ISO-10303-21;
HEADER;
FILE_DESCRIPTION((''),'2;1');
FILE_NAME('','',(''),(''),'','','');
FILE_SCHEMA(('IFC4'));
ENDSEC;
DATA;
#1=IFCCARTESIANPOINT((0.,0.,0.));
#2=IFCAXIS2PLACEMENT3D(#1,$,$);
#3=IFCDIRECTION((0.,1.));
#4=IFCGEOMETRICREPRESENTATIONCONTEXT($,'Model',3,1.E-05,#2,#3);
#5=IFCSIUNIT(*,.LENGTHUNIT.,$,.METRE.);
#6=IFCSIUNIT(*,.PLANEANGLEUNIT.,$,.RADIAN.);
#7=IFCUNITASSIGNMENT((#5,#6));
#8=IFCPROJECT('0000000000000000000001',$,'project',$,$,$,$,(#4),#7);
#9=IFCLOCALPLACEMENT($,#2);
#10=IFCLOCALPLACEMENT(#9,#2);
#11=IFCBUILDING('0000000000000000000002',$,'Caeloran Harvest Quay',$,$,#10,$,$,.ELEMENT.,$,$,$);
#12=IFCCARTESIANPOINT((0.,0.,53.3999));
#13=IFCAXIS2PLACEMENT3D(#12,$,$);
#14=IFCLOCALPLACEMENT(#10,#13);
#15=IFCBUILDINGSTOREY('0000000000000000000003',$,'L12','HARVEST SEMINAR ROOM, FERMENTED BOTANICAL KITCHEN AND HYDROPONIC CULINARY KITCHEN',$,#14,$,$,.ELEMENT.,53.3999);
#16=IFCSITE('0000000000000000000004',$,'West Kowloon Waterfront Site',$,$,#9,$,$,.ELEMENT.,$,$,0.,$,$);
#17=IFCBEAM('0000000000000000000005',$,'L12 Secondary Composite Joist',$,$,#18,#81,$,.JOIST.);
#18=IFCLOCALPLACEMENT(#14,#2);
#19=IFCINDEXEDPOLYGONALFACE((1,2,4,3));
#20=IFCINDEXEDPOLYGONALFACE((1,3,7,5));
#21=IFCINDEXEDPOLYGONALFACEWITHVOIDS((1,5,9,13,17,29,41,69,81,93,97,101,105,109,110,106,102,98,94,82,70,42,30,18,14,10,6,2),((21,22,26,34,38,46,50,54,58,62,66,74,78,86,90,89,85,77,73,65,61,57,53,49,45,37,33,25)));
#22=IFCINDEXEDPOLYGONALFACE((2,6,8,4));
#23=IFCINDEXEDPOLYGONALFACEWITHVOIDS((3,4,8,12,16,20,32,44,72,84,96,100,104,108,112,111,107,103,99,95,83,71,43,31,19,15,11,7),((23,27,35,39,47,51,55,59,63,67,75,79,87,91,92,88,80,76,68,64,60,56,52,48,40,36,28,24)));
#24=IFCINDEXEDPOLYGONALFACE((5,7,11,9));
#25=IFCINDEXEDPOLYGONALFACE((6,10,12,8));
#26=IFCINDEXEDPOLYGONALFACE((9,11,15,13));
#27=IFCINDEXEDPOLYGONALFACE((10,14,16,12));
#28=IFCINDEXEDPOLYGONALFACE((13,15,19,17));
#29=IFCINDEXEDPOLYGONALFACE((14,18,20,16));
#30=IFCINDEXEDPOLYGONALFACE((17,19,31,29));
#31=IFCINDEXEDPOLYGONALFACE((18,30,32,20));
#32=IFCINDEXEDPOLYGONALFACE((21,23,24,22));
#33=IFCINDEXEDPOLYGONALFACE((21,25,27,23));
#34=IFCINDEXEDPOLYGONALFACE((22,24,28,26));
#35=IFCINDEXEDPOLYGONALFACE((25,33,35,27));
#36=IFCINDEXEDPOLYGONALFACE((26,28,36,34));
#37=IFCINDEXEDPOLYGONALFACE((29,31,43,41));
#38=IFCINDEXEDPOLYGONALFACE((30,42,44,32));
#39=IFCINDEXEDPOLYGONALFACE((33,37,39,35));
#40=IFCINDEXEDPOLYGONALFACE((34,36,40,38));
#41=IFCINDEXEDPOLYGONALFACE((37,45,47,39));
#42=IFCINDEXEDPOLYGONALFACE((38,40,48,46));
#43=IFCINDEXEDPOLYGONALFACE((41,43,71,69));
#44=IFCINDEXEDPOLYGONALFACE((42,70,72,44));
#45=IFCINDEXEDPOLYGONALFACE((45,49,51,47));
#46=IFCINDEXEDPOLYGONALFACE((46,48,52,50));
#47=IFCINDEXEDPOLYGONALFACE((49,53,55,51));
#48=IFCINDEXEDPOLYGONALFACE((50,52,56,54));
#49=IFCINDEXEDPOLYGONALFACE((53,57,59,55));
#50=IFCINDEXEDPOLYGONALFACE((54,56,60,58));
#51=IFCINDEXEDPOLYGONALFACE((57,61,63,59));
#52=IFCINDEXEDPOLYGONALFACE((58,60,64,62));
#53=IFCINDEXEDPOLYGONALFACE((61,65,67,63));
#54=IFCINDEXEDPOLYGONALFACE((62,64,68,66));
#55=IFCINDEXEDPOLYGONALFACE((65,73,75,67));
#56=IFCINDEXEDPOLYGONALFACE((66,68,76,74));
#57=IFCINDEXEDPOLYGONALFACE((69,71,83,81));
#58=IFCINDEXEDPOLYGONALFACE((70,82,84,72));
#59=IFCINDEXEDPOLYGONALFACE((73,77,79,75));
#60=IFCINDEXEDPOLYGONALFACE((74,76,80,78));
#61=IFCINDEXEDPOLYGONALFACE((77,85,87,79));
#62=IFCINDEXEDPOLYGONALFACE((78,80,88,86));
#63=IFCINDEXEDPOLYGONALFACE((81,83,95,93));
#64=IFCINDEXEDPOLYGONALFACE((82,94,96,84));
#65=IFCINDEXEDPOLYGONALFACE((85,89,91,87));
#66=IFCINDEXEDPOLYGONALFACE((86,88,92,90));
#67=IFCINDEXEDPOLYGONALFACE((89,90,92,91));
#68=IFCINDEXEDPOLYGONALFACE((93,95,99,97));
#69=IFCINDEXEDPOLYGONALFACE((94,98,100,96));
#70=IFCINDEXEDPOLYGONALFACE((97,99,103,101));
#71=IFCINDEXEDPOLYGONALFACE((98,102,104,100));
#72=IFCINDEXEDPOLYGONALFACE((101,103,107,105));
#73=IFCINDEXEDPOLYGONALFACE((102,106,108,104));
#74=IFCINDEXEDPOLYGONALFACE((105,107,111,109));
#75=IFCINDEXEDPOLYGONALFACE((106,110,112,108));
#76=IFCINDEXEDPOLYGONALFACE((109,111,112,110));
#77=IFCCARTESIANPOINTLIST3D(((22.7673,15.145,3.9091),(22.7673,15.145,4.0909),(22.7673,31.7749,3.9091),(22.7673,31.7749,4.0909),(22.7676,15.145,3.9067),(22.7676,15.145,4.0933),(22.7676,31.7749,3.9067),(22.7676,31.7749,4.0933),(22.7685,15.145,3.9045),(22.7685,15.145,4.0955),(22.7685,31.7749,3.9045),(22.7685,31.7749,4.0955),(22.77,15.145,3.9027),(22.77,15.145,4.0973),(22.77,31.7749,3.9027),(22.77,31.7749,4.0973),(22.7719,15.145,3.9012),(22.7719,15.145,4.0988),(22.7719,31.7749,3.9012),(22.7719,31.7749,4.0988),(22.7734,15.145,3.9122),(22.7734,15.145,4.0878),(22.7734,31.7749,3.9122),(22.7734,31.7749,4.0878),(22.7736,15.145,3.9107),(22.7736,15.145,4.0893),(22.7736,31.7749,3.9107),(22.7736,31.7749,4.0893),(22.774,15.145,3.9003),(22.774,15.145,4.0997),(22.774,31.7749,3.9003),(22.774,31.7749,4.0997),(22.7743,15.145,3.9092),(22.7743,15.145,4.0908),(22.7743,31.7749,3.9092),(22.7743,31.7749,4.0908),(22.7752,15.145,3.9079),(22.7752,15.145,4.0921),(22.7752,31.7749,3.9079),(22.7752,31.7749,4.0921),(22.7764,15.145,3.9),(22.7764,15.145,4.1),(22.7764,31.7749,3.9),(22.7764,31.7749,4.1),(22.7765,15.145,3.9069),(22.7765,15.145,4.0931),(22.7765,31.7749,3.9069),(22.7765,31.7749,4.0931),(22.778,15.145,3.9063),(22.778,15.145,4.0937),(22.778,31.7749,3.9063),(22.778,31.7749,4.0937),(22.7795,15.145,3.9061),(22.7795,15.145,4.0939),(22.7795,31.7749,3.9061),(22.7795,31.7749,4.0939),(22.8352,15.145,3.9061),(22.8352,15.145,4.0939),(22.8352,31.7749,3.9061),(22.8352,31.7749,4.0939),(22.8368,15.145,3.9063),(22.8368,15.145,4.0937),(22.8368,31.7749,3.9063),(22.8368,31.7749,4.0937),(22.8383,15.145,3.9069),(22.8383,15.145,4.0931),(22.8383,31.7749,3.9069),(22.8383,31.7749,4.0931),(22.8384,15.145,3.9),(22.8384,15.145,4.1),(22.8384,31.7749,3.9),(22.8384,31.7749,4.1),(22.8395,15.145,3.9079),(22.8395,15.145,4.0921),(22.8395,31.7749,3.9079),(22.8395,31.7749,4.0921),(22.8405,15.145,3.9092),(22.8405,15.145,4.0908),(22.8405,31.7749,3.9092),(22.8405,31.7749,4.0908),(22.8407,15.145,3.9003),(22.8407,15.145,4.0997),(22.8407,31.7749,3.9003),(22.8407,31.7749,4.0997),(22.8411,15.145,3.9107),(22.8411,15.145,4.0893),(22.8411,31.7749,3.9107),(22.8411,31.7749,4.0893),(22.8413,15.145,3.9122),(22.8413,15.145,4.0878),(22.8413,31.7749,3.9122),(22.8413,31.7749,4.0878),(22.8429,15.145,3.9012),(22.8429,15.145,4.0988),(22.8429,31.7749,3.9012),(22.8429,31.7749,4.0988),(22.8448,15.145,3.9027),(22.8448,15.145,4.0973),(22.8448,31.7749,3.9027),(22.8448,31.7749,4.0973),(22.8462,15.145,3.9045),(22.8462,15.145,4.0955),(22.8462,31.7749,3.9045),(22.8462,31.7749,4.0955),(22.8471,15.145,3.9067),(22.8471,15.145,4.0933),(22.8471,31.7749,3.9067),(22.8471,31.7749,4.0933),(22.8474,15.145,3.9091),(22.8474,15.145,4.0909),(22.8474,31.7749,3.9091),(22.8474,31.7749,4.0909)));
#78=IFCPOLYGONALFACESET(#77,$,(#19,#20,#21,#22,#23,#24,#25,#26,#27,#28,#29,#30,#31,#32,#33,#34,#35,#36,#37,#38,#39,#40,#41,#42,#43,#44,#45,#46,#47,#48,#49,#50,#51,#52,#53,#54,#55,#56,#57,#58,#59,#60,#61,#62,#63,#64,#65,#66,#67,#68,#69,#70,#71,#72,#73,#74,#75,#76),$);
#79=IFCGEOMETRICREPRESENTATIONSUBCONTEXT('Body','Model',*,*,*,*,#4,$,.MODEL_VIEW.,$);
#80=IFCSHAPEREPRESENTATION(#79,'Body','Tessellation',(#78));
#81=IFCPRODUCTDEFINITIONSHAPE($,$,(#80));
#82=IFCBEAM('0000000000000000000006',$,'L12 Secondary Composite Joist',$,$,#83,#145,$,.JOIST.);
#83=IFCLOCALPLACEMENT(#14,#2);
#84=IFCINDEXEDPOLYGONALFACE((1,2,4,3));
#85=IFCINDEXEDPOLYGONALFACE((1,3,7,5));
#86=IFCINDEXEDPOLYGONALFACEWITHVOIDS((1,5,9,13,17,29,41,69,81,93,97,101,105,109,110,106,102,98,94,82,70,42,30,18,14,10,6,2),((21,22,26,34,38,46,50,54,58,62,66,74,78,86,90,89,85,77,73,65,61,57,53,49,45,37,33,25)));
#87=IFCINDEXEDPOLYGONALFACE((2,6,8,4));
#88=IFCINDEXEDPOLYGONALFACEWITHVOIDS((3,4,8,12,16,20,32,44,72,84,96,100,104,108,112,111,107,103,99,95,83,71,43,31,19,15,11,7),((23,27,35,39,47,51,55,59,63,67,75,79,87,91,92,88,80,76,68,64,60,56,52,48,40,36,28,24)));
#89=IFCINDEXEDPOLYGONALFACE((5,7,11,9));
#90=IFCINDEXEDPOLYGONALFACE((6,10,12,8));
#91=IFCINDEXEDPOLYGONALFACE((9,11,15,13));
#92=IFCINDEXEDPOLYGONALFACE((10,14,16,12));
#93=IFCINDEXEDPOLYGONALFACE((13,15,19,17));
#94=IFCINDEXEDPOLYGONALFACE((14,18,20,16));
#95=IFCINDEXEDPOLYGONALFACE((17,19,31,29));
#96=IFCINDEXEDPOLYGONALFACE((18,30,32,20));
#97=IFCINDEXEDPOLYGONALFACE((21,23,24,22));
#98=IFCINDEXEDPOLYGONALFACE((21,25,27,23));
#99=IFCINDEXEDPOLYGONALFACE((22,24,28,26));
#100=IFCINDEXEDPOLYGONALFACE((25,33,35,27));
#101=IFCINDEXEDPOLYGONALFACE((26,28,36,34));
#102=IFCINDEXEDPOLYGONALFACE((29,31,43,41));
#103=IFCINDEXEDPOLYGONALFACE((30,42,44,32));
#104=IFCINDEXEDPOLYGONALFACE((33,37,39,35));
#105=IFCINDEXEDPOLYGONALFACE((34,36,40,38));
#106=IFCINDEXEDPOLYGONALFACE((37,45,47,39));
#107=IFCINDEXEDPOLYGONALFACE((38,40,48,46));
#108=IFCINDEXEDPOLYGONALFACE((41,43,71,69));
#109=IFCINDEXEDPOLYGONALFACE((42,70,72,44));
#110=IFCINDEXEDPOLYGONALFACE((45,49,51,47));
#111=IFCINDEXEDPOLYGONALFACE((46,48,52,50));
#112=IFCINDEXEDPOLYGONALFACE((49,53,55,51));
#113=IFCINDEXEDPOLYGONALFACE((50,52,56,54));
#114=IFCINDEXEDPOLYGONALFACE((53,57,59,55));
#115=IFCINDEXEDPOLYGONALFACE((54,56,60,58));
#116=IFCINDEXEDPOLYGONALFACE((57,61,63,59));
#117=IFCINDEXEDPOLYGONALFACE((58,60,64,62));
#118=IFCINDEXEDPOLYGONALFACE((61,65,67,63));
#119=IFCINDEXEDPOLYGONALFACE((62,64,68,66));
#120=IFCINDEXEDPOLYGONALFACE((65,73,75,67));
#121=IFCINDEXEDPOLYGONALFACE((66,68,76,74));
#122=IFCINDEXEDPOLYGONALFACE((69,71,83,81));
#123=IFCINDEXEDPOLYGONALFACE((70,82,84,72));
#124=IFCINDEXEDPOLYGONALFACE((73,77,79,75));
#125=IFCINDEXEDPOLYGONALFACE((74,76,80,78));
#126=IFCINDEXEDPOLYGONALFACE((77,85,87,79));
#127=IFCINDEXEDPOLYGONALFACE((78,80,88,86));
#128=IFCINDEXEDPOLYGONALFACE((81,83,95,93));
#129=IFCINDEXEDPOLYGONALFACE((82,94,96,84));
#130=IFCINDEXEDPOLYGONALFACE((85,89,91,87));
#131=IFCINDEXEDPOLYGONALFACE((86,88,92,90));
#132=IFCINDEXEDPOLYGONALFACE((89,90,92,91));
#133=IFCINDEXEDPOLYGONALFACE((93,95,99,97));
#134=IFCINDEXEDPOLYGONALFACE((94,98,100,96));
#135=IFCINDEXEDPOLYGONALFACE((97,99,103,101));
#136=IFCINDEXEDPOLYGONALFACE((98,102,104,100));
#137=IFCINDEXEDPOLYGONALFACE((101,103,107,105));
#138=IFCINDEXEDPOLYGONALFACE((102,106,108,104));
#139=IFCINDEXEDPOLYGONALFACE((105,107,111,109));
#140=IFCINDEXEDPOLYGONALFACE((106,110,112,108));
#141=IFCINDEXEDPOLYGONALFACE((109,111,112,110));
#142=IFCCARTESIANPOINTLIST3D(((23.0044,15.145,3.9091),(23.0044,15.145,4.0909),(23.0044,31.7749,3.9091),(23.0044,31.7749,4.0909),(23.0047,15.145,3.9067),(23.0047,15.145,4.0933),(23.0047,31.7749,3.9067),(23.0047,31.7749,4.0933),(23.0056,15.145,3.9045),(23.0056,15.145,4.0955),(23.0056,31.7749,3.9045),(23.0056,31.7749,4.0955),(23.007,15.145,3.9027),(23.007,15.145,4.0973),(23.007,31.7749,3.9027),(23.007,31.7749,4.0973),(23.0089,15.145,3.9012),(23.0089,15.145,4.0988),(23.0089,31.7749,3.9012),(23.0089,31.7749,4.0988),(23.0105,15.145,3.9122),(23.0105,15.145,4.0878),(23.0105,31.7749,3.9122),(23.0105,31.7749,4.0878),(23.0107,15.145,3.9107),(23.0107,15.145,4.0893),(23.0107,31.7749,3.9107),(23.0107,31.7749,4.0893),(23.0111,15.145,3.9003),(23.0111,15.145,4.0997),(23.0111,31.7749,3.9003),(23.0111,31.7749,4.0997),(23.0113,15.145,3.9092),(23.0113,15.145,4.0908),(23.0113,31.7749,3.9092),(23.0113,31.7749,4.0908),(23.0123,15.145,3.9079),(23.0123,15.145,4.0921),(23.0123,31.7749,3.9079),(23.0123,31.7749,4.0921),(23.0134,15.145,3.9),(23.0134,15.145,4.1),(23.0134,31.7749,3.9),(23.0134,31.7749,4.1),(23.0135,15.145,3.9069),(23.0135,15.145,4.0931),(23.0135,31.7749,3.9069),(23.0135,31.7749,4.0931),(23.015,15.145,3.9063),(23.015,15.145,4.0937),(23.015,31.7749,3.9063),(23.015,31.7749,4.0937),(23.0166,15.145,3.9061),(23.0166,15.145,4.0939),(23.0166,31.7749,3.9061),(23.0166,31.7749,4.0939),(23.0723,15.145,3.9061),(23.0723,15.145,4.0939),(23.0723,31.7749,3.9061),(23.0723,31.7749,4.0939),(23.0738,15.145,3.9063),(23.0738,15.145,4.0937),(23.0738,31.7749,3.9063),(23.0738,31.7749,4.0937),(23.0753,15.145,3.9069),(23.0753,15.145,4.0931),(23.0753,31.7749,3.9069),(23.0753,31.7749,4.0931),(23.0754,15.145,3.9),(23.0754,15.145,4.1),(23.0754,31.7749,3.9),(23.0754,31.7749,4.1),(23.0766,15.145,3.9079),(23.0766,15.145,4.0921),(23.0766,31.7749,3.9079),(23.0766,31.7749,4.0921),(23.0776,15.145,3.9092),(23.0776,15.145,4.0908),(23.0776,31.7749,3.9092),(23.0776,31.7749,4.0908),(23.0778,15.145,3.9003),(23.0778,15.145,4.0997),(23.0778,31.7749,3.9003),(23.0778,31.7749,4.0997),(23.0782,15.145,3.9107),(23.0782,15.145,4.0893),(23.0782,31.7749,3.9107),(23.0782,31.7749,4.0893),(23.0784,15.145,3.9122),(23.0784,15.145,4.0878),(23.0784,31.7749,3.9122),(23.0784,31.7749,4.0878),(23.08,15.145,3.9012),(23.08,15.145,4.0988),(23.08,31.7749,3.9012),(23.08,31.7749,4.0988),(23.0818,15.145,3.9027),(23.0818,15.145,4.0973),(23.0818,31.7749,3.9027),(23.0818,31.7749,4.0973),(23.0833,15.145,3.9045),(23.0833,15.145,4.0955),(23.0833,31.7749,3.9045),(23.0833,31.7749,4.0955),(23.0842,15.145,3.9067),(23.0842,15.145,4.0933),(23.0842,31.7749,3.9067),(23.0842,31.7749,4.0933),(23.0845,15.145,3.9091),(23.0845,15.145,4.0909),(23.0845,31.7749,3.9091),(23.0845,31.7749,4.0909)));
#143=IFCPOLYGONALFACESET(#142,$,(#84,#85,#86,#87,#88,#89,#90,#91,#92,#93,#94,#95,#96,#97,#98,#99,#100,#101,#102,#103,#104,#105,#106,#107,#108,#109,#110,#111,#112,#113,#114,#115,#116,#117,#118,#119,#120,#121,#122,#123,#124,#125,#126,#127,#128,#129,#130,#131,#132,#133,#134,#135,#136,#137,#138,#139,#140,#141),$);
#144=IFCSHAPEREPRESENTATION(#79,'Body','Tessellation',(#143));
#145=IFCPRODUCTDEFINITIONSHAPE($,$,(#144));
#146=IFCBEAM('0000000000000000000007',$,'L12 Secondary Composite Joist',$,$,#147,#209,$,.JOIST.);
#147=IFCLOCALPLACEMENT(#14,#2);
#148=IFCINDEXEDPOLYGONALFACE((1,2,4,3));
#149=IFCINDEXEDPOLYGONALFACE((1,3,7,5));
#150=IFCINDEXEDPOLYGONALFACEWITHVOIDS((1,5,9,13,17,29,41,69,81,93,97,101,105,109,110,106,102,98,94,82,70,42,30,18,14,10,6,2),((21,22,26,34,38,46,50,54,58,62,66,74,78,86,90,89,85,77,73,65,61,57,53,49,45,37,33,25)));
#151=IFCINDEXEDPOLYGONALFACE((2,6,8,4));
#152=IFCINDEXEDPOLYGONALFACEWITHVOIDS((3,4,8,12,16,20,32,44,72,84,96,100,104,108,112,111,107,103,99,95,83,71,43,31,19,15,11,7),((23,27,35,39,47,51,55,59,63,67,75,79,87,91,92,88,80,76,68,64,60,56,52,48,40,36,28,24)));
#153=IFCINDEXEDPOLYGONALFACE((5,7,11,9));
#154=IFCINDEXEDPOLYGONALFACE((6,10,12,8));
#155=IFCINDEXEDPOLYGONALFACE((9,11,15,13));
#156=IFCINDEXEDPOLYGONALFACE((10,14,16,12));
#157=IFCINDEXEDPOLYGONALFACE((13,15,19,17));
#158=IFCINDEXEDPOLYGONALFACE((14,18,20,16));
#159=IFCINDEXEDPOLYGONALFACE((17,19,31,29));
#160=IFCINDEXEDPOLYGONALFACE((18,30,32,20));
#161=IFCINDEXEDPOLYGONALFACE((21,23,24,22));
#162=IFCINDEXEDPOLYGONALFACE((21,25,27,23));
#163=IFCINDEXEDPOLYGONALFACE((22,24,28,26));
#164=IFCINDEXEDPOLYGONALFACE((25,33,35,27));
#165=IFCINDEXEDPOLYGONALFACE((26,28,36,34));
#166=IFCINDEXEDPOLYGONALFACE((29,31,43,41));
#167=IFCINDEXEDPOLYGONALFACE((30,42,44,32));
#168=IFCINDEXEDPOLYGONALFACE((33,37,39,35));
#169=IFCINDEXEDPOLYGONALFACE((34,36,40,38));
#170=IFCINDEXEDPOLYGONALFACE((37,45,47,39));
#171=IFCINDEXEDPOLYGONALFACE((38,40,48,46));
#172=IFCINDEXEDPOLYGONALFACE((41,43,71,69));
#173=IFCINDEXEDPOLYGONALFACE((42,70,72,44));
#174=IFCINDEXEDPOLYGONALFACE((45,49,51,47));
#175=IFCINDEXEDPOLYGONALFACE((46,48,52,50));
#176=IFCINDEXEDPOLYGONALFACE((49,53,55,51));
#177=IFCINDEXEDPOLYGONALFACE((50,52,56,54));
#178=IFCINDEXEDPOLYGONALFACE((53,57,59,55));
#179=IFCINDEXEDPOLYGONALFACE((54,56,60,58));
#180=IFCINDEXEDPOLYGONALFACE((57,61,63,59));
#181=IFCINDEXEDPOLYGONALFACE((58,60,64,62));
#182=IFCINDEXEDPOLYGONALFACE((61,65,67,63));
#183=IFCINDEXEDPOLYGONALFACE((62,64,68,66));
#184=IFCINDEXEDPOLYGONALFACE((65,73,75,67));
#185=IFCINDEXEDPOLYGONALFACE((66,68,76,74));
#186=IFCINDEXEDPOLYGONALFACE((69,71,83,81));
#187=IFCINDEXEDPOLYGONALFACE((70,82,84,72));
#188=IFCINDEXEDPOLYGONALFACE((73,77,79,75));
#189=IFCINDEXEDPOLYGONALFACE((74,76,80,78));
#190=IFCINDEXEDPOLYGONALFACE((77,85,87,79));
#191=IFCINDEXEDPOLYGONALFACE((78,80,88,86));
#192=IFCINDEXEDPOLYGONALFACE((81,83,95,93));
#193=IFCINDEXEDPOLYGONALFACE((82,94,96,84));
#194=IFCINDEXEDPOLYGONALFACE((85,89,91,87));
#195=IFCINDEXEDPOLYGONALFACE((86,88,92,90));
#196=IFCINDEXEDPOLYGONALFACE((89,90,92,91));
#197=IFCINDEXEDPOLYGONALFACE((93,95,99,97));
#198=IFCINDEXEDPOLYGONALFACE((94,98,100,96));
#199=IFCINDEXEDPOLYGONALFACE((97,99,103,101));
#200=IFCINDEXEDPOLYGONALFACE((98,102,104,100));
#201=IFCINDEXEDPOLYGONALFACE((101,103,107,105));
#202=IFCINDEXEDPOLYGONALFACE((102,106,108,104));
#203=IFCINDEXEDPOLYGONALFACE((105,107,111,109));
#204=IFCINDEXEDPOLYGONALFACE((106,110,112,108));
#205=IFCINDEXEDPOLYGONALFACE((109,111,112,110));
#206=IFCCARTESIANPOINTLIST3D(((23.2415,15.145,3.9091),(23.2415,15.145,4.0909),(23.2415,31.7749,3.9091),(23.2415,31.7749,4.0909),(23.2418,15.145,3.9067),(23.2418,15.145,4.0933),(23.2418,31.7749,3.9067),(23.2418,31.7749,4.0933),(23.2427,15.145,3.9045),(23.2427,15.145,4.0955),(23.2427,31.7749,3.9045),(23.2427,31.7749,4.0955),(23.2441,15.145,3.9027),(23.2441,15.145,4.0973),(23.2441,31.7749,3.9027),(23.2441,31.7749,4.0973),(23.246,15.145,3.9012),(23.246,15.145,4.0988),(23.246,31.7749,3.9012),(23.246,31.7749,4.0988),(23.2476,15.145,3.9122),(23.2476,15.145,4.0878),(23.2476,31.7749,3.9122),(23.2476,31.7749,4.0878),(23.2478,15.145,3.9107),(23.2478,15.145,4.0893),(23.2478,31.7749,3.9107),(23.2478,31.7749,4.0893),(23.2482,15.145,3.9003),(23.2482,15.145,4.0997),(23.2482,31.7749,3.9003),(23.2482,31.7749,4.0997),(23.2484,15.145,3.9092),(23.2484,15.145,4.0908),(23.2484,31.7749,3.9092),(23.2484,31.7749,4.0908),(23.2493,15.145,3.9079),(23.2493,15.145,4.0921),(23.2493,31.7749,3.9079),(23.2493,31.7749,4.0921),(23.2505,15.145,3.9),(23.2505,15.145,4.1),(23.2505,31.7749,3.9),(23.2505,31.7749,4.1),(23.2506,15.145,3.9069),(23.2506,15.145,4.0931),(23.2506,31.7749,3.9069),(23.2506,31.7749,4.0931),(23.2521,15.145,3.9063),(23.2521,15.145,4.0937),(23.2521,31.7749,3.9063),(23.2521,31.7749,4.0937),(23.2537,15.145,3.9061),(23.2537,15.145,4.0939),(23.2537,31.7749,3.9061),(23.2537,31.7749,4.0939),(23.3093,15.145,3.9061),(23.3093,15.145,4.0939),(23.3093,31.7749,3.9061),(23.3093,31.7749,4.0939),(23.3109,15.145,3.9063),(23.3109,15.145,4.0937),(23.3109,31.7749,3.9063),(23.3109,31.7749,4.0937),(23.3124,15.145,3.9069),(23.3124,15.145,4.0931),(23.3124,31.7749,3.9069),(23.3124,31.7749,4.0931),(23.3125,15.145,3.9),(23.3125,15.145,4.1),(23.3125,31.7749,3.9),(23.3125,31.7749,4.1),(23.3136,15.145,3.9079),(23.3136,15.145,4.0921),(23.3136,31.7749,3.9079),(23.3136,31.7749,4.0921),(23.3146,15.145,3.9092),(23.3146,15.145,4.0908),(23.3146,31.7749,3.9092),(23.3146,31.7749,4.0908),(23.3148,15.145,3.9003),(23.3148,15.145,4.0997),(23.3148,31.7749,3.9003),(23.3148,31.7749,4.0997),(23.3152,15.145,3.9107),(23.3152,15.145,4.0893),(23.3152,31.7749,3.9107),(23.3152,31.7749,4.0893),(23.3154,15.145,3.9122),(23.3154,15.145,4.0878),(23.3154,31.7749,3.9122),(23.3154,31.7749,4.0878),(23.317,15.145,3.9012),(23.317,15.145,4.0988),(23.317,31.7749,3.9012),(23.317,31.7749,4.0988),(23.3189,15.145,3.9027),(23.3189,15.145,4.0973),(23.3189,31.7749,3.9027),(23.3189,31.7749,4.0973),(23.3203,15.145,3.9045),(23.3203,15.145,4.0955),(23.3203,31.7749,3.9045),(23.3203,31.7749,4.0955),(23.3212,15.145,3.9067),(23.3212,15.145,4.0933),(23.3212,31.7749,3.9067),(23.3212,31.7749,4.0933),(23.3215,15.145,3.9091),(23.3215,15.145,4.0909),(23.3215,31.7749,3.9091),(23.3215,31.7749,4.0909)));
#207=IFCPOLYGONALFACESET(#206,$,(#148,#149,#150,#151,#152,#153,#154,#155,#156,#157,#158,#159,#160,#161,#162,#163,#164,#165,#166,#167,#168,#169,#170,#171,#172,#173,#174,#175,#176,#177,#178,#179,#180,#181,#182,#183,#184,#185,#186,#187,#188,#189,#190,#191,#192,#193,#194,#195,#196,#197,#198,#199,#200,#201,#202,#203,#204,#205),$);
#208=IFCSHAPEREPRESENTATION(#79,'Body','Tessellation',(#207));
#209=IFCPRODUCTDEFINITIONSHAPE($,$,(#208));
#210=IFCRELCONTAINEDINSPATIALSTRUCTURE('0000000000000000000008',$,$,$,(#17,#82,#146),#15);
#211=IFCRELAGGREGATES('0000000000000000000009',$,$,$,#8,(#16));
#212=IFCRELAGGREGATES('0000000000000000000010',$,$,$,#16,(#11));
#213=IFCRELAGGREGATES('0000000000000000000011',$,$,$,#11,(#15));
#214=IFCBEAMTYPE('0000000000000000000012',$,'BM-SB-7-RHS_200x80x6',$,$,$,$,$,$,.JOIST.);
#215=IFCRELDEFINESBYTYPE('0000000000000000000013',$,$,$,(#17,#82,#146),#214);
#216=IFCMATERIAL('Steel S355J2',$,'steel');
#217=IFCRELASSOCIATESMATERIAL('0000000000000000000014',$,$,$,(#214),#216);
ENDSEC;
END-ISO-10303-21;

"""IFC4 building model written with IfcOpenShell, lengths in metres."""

from ifc_helpers import new_model, si_unit, direction, frame, origin, origin_2d, place, context, subcontext, project, spatial, hollow_rectangle, extrude, material, material_profile, profile_set, type_object, element, save


model = new_model("IFC4")

# Units and contexts
model_context = context("Model", 3, precision=1e-05, world=origin(), true_north=direction((0.0, 1.0)))
body_context = subcontext(model_context, "Body", "Model", "MODEL_VIEW")
ifc_project = project(units=[si_unit("LENGTHUNIT", "METRE"), si_unit("PLANEANGLEUNIT", "RADIAN")], contexts=[model_context])

# Site, building, storey
site_placement = place(None, origin())
site = spatial("IfcSite", under=ifc_project, at=site_placement, Name="West Kowloon Waterfront Site", CompositionType="ELEMENT", RefElevation=0.0)
building_placement = place(site_placement, origin())
building = spatial("IfcBuilding", under=site, at=building_placement, Name="Caeloran Harvest Quay", CompositionType="ELEMENT")
storey_placement = place(building_placement, frame((0.0, 0.0, 53.3999)))
storey = spatial("IfcBuildingStorey", under=building, at=storey_placement, Name="L12", Description="HARVEST SEMINAR ROOM, FERMENTED BOTANICAL KITCHEN AND HYDROPONIC CULINARY KITCHEN", CompositionType="ELEMENT", Elevation=53.3999)

# Beams
ifc_material_1 = material(Name="Steel S355J2", Category="steel")
ifc_material_profile_1 = material_profile(ifc_material_1, hollow_rectangle(XDim=0.0801, YDim=0.2, WallThickness=0.0061, InnerFilletRadius=0.0061, OuterFilletRadius=0.009, at=origin_2d()), Name="RHS 200x80x6")
ifc_profile_set_1 = profile_set([ifc_material_profile_1], Name="Steel S355J2")
beam_type_1 = type_object("IfcBeamType", Name="BM-SB-7-RHS_200x80x6", PredefinedType="JOIST", material=ifc_profile_set_1)
for number, where, z_axis, x_axis, name in (
    (1, (22.8074, 15.145, 4.0), (0.0, 1.0, 0.0), (-1.0, 0.0, 0.0), "L12 Secondary Composite Joist"),
    (2, (23.0444, 15.145, 4.0), (0.0, 1.0, 0.0), (-1.0, 0.0, 0.0), "L12 Secondary Composite Joist"),
    (3, (23.2815, 15.145, 4.0), (0.0, 1.0, 0.0), (-1.0, 0.0, 0.0), "L12 Secondary Composite Joist"),
):
    element("IfcBeam", number, at=place(storey_placement, frame(where, z_axis=z_axis, x_axis=x_axis)), inside=storey, type_object=beam_type_1, Name=name, PredefinedType="JOIST", context=body_context, shape_type="SweptSolid", body=[
        extrude(hollow_rectangle(XDim=0.0801, YDim=0.2, WallThickness=0.0061, InnerFilletRadius=0.0061, OuterFilletRadius=0.009, at=origin_2d()), origin(), (0.0, 0.0, 1.0), 16.6299),
    ])

save(model, "model.ifc")
